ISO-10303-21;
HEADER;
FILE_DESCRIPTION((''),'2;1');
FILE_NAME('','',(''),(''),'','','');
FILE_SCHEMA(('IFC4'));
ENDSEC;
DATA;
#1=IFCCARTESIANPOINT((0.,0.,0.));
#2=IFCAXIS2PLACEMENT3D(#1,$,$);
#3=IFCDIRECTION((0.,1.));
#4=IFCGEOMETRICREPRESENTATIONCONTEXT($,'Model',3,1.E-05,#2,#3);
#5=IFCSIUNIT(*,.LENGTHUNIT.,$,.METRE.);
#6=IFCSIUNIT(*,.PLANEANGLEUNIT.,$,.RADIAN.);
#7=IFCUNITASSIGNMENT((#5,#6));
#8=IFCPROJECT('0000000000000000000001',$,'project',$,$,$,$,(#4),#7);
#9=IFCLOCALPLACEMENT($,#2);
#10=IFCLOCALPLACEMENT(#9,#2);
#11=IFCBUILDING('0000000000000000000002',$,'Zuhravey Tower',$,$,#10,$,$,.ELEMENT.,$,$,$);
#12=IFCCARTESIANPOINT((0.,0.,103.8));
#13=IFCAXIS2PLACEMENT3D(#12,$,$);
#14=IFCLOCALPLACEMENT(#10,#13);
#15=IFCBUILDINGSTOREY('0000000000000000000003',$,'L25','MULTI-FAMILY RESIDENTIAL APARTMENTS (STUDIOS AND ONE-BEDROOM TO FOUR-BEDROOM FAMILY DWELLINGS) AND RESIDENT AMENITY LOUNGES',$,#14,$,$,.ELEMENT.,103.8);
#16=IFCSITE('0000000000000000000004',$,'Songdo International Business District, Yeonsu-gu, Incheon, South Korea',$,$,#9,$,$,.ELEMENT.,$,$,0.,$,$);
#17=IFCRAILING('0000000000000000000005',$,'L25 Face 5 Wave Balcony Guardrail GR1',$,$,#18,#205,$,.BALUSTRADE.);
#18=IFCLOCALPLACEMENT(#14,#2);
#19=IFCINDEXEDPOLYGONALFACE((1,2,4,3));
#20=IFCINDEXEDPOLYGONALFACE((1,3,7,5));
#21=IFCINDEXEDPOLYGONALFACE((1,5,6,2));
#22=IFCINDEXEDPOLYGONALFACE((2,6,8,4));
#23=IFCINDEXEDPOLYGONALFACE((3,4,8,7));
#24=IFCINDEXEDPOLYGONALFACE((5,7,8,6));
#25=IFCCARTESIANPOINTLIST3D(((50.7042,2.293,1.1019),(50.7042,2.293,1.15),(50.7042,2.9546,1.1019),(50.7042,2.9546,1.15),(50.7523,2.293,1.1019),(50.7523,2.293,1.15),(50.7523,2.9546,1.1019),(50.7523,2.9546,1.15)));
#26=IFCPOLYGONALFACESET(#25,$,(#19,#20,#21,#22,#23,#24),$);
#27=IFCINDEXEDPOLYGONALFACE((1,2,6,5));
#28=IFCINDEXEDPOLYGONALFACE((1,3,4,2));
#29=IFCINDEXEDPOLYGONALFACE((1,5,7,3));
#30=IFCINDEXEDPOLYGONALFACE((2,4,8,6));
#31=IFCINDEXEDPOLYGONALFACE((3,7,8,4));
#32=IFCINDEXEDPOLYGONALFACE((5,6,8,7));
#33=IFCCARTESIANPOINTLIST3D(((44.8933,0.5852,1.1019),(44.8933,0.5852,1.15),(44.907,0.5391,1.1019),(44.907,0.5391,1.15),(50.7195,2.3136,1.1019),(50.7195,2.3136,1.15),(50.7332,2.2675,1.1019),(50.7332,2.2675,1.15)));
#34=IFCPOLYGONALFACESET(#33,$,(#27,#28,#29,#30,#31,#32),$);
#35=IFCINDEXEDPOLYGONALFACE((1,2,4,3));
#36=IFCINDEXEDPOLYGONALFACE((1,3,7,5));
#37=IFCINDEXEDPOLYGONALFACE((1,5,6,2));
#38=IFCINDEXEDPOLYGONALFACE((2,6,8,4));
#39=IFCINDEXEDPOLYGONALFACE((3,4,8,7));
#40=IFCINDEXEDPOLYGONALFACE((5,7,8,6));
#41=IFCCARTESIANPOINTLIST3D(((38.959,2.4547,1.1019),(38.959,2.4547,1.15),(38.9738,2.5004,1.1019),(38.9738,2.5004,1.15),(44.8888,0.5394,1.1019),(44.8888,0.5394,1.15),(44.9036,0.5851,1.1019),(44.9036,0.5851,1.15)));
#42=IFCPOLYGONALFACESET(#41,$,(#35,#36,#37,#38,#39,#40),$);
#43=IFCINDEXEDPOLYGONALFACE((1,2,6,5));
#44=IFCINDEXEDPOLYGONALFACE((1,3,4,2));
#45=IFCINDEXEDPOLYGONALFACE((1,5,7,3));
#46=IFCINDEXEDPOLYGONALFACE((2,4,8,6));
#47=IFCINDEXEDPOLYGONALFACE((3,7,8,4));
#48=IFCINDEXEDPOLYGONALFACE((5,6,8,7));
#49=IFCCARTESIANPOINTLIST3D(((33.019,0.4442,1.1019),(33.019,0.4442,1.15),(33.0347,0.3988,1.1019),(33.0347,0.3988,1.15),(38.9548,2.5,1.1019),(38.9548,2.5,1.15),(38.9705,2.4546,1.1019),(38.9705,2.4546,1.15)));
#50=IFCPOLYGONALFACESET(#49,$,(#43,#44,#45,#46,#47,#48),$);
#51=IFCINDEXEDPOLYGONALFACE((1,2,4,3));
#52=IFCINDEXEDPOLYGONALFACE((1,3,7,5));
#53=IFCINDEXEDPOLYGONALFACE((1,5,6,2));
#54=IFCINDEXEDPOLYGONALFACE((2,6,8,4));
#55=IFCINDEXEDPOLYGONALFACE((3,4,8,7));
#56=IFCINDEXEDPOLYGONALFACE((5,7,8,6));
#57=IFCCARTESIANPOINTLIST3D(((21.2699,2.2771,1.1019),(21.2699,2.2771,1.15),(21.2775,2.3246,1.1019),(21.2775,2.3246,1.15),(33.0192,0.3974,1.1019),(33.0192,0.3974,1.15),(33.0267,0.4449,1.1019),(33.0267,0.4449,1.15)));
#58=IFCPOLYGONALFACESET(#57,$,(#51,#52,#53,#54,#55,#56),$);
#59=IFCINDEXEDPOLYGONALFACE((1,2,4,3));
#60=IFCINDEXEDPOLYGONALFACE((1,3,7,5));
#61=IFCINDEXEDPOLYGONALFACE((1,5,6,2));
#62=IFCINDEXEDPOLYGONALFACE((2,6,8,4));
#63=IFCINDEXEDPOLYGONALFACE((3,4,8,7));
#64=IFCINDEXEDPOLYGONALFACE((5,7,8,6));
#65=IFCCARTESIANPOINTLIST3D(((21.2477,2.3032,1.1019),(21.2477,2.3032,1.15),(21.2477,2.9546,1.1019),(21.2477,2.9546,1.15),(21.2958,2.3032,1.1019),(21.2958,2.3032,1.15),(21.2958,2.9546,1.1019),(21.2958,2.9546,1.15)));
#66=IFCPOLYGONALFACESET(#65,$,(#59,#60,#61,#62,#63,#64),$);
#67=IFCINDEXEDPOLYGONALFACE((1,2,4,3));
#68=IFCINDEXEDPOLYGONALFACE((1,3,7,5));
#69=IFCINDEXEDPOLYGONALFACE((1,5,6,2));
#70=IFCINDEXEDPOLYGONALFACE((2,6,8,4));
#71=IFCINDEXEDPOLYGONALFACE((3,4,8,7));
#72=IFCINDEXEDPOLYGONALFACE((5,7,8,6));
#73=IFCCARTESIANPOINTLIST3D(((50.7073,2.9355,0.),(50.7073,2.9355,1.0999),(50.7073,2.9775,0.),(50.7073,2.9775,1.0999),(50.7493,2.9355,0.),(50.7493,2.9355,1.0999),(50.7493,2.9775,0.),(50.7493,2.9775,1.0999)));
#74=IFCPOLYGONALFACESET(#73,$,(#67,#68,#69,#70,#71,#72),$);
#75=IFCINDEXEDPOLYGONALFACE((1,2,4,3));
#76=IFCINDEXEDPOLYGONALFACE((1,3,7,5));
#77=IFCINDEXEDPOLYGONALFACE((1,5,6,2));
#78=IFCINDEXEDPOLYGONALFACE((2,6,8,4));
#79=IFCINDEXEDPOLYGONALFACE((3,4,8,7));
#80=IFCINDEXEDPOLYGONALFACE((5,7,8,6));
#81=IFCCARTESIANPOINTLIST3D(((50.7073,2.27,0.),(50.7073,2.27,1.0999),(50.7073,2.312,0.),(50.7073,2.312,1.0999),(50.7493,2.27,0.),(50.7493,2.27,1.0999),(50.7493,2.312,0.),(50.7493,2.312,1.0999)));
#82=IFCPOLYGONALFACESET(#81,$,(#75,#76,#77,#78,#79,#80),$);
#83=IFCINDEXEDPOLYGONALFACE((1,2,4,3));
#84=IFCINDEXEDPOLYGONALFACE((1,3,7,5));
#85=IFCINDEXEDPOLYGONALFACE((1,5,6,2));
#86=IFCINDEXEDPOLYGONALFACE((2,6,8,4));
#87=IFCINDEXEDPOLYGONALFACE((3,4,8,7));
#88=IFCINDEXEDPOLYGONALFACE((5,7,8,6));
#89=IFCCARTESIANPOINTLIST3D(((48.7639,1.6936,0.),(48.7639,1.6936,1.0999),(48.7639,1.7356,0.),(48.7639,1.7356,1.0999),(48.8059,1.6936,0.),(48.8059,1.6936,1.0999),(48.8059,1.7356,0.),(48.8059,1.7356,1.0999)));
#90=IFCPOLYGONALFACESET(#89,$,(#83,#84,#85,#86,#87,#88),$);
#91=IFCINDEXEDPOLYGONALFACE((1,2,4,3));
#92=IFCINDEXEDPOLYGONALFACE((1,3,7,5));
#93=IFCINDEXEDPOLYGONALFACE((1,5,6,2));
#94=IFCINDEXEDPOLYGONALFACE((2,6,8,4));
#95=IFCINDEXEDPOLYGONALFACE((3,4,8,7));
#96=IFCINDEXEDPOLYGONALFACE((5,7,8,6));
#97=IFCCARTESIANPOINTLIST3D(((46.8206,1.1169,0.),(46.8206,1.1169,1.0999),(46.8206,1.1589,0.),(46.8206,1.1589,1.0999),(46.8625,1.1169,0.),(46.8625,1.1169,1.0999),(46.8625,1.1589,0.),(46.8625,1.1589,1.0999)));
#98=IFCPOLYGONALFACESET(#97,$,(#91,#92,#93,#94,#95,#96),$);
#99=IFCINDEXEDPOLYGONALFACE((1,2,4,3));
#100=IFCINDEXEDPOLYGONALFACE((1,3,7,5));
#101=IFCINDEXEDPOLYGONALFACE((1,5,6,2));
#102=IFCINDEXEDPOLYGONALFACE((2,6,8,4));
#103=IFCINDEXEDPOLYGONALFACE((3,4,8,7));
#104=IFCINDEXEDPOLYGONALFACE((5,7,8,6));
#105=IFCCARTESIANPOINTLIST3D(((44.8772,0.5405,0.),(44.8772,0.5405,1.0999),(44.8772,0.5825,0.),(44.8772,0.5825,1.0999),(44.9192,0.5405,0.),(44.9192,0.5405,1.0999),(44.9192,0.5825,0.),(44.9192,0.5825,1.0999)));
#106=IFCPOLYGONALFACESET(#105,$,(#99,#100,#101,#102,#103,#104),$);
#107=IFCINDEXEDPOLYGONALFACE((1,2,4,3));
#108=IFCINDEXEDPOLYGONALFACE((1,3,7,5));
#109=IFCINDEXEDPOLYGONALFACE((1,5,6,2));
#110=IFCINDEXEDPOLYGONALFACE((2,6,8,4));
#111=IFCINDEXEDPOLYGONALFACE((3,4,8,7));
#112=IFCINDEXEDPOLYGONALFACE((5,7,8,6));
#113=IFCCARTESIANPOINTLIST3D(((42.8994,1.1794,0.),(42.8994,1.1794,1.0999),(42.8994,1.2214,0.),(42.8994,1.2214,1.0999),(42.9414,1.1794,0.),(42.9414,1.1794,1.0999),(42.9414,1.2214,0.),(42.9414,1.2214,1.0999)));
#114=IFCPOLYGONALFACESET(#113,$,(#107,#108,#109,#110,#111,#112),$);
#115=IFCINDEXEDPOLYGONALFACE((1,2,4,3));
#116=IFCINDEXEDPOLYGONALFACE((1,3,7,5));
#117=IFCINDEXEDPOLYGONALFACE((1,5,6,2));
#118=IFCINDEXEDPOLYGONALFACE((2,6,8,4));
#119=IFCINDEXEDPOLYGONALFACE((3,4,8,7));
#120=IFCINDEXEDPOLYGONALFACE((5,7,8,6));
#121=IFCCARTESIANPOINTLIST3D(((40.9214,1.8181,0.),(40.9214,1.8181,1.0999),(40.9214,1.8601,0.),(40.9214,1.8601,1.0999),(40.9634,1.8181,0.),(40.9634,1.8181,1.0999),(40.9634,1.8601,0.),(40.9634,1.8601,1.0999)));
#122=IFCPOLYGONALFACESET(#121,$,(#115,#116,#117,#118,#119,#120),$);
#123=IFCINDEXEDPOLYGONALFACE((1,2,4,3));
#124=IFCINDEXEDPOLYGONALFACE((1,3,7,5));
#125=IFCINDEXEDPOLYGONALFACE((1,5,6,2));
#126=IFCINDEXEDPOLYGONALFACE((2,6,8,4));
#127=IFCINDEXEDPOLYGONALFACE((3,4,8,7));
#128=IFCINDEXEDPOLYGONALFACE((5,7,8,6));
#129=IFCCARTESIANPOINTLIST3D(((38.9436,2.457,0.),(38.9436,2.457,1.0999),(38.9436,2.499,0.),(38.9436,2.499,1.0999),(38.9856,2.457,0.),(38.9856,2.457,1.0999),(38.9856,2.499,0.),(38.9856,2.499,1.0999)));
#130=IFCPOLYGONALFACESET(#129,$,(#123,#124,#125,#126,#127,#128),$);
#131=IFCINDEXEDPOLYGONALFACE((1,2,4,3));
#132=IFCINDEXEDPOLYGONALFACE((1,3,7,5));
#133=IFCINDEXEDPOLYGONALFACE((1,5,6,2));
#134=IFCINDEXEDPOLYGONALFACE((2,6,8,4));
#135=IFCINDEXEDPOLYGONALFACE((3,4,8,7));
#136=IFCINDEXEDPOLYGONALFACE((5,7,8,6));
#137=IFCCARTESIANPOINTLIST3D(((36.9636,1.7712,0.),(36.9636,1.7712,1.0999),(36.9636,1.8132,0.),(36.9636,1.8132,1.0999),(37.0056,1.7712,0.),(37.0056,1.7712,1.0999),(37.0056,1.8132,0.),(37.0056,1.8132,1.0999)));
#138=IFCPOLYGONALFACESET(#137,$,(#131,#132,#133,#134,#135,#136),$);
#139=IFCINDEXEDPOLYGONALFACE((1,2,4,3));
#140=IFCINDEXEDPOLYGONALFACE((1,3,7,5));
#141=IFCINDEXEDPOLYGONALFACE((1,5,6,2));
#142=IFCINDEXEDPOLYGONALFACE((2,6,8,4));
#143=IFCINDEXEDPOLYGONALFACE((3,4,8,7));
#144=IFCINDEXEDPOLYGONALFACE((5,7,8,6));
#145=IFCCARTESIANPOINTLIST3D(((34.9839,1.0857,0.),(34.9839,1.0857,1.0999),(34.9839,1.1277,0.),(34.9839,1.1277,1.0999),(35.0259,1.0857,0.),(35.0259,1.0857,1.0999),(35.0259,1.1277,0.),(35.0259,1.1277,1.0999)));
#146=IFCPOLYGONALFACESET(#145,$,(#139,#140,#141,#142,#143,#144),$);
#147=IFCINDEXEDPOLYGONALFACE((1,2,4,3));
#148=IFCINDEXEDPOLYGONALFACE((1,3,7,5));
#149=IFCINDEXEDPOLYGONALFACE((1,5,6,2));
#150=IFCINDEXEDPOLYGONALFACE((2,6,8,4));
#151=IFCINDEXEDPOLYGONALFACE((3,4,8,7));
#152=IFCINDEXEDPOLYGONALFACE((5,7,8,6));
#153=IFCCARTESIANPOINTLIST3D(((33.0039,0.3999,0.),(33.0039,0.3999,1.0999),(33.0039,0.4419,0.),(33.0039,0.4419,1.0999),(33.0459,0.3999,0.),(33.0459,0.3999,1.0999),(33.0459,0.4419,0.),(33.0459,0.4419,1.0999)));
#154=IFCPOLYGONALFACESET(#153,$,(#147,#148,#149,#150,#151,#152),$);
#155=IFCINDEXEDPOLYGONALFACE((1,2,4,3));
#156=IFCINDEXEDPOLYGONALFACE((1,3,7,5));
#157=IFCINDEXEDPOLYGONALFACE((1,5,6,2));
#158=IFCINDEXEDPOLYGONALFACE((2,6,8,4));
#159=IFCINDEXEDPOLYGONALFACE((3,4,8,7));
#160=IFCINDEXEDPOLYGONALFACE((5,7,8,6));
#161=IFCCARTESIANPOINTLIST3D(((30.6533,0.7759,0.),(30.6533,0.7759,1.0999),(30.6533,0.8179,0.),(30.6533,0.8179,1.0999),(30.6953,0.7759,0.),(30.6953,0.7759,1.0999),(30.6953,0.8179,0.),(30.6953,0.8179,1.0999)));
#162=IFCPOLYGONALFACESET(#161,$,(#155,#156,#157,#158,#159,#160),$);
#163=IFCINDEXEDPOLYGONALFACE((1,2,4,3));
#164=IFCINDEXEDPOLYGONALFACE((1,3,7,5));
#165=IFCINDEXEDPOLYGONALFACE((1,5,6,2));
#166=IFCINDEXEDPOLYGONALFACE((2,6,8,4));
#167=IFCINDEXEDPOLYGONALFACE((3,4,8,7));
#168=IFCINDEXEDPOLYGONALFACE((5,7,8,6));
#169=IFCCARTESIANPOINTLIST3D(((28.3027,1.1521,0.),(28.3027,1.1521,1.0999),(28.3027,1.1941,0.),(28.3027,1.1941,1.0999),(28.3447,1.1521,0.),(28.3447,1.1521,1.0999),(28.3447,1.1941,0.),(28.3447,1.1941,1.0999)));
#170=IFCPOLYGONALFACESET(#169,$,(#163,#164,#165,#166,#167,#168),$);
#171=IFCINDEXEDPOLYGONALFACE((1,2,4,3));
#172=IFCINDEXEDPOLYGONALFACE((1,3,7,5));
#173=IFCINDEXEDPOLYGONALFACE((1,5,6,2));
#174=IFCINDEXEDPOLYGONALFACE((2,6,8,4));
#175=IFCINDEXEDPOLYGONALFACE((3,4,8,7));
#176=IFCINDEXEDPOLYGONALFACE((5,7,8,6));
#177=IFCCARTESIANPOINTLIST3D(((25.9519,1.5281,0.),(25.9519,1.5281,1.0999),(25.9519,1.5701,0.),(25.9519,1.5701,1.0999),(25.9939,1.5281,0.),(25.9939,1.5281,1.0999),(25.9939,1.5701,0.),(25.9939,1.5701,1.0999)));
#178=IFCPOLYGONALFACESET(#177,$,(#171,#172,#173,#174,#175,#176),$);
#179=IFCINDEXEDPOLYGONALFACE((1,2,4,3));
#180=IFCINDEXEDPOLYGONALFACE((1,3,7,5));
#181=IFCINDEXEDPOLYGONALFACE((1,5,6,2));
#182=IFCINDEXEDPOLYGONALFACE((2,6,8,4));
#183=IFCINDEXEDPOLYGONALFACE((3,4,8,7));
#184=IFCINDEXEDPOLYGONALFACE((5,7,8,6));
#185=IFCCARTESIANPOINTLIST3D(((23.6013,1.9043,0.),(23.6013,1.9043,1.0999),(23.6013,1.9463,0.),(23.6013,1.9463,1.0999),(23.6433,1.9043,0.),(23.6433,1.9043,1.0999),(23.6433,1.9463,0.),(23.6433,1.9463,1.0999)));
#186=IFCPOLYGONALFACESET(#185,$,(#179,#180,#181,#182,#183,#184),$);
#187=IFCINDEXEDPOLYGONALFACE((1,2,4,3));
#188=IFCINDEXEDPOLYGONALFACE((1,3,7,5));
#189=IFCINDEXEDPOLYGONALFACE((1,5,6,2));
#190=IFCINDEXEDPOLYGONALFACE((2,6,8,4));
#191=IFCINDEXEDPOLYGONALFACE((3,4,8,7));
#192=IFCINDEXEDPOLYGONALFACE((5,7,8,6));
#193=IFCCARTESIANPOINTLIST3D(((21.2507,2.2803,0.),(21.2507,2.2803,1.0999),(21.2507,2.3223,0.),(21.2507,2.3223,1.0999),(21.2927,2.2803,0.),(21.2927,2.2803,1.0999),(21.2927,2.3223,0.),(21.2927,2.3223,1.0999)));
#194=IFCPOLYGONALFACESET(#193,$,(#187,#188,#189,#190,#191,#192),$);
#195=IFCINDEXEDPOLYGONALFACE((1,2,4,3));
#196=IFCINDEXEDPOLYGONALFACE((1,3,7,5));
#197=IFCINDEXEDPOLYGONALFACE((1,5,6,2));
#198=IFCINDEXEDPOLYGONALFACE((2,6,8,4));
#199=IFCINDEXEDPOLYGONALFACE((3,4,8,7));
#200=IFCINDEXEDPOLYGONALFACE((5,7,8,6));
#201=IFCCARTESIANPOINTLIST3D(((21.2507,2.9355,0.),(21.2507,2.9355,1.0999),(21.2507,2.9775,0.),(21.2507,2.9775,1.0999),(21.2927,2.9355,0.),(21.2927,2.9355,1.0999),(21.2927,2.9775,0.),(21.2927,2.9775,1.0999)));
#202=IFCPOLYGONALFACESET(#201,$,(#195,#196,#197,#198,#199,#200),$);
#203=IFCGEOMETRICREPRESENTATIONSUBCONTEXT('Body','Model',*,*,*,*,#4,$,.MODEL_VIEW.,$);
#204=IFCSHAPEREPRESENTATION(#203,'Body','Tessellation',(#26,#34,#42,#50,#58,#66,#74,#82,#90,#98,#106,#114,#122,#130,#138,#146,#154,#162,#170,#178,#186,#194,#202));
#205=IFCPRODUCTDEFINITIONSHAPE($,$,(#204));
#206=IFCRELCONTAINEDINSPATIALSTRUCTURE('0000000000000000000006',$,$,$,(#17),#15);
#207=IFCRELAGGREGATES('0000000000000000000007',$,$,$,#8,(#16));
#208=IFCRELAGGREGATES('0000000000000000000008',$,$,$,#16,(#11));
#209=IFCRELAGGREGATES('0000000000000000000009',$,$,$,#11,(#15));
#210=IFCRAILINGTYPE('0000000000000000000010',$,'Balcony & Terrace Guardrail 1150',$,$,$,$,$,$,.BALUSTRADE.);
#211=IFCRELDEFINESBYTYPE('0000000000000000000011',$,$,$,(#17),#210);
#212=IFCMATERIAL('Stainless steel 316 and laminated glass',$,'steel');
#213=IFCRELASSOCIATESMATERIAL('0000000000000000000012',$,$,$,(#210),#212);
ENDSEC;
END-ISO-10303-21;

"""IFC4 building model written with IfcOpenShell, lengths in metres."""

from ifc_helpers import new_model, si_unit, direction, frame, origin, origin_2d, place, context, subcontext, project, spatial, rectangle, extrude, material, type_object, element, save


model = new_model("IFC4")

# Units and contexts
model_context = context("Model", 3, precision=1e-05, world=origin(), true_north=direction((0.0, 1.0)))
body_context = subcontext(model_context, "Body", "Model", "MODEL_VIEW")
ifc_project = project(units=[si_unit("LENGTHUNIT", "METRE"), si_unit("PLANEANGLEUNIT", "RADIAN")], contexts=[model_context])

# Site, building, storey
site_placement = place(None, origin())
site = spatial("IfcSite", under=ifc_project, at=site_placement, Name="Songdo International Business District, Yeonsu-gu, Incheon, South Korea", CompositionType="ELEMENT", RefElevation=0.0)
building_placement = place(site_placement, origin())
building = spatial("IfcBuilding", under=site, at=building_placement, Name="Zuhravey Tower", CompositionType="ELEMENT")
storey_placement = place(building_placement, frame((0.0, 0.0, 103.8)))
storey = spatial("IfcBuildingStorey", under=building, at=storey_placement, Name="L25", Description="MULTI-FAMILY RESIDENTIAL APARTMENTS (STUDIOS AND ONE-BEDROOM TO FOUR-BEDROOM FAMILY DWELLINGS) AND RESIDENT AMENITY LOUNGES", CompositionType="ELEMENT", Elevation=103.8)

# Railing
ifc_material_1 = material(Name="Stainless steel 316 and laminated glass", Category="steel")
railing_type = type_object("IfcRailingType", Name="Balcony & Terrace Guardrail 1150", PredefinedType="BALUSTRADE", material=ifc_material_1)
railing_placement = place(storey_placement, frame((50.7283, 2.9565, 0.0)))
element("IfcRailing", 1, at=railing_placement, inside=storey, type_object=railing_type, Name="L25 Face 5 Wave Balcony Guardrail GR1", PredefinedType="BALUSTRADE", context=body_context, shape_type="SweptSolid", body=[
    extrude(rectangle(XDim=0.0481, YDim=0.0481, at=origin_2d()), frame((0.0, -0.002, 1.126), z_axis=(0.0, -1.0, 0.0), x_axis=(1.0, 0.0, 0.0)), (0.0, 0.0, 1.0), 0.6616),
    extrude(rectangle(XDim=0.0481, YDim=0.0481, at=origin_2d()), frame((-0.002, -0.666, 1.126), z_axis=(-0.958706, -0.2844, 0.0), x_axis=(0.2844, -0.958706, 0.0)), (0.0, 0.0, 1.0), 6.0771),
    extrude(rectangle(XDim=0.0481, YDim=0.0481, at=origin_2d()), frame((-5.832, -2.3943, 1.126), z_axis=(-0.951594, 0.307357, 0.0), x_axis=(-0.307357, -0.951594, 0.0)), (0.0, 0.0, 1.0), 6.2314),
    extrude(rectangle(XDim=0.0481, YDim=0.0481, at=origin_2d()), frame((-11.7656, -0.4792, 1.126), z_axis=(-0.944933, -0.327264, 0.0), x_axis=(0.327264, -0.944933, 0.0)), (0.0, 0.0, 1.0), 6.2817),
    extrude(rectangle(XDim=0.0481, YDim=0.0481, at=origin_2d()), frame((-17.7053, -2.5354, 1.126), z_axis=(-0.987442, 0.157979, 0.0), x_axis=(-0.157979, -0.987442, 0.0)), (0.0, 0.0, 1.0), 11.8987),
    extrude(rectangle(XDim=0.0481, YDim=0.0481, at=origin_2d()), frame((-29.4565, -0.6533, 1.126), z_axis=(0.0, 1.0, 0.0), x_axis=(-1.0, 0.0, 0.0)), (0.0, 0.0, 1.0), 0.6514),
    extrude(rectangle(XDim=0.042, YDim=0.042, at=origin_2d()), origin(), (0.0, 0.0, 1.0), 1.0999),
    extrude(rectangle(XDim=0.042, YDim=0.042, at=origin_2d()), frame((0.0, -0.6655, 0.0)), (0.0, 0.0, 1.0), 1.0999),
    extrude(rectangle(XDim=0.042, YDim=0.042, at=origin_2d()), frame((-1.9434, -1.2419, 0.0)), (0.0, 0.0, 1.0), 1.0999),
    extrude(rectangle(XDim=0.042, YDim=0.042, at=origin_2d()), frame((-3.8867, -1.8186, 0.0)), (0.0, 0.0, 1.0), 1.0999),
    extrude(rectangle(XDim=0.042, YDim=0.042, at=origin_2d()), frame((-5.8301, -2.395, 0.0)), (0.0, 0.0, 1.0), 1.0999),
    extrude(rectangle(XDim=0.042, YDim=0.042, at=origin_2d()), frame((-7.8079, -1.7561, 0.0)), (0.0, 0.0, 1.0), 1.0999),
    extrude(rectangle(XDim=0.042, YDim=0.042, at=origin_2d()), frame((-9.7859, -1.1174, 0.0)), (0.0, 0.0, 1.0), 1.0999),
    extrude(rectangle(XDim=0.042, YDim=0.042, at=origin_2d()), frame((-11.7637, -0.4785, 0.0)), (0.0, 0.0, 1.0), 1.0999),
    extrude(rectangle(XDim=0.042, YDim=0.042, at=origin_2d()), frame((-13.7437, -1.1643, 0.0)), (0.0, 0.0, 1.0), 1.0999),
    extrude(rectangle(XDim=0.042, YDim=0.042, at=origin_2d()), frame((-15.7234, -1.8499, 0.0)), (0.0, 0.0, 1.0), 1.0999),
    extrude(rectangle(XDim=0.042, YDim=0.042, at=origin_2d()), frame((-17.7034, -2.5356, 0.0)), (0.0, 0.0, 1.0), 1.0999),
    extrude(rectangle(XDim=0.042, YDim=0.042, at=origin_2d()), frame((-20.054, -2.1597, 0.0)), (0.0, 0.0, 1.0), 1.0999),
    extrude(rectangle(XDim=0.042, YDim=0.042, at=origin_2d()), frame((-22.4045, -1.7834, 0.0)), (0.0, 0.0, 1.0), 1.0999),
    extrude(rectangle(XDim=0.042, YDim=0.042, at=origin_2d()), frame((-24.7554, -1.4075, 0.0)), (0.0, 0.0, 1.0), 1.0999),
    extrude(rectangle(XDim=0.042, YDim=0.042, at=origin_2d()), frame((-27.106, -1.0312, 0.0)), (0.0, 0.0, 1.0), 1.0999),
    extrude(rectangle(XDim=0.042, YDim=0.042, at=origin_2d()), frame((-29.4565, -0.6553, 0.0)), (0.0, 0.0, 1.0), 1.0999),
    extrude(rectangle(XDim=0.042, YDim=0.042, at=origin_2d()), frame((-29.4565, 0.0, 0.0)), (0.0, 0.0, 1.0), 1.0999),
])

save(model, "model.ifc")
